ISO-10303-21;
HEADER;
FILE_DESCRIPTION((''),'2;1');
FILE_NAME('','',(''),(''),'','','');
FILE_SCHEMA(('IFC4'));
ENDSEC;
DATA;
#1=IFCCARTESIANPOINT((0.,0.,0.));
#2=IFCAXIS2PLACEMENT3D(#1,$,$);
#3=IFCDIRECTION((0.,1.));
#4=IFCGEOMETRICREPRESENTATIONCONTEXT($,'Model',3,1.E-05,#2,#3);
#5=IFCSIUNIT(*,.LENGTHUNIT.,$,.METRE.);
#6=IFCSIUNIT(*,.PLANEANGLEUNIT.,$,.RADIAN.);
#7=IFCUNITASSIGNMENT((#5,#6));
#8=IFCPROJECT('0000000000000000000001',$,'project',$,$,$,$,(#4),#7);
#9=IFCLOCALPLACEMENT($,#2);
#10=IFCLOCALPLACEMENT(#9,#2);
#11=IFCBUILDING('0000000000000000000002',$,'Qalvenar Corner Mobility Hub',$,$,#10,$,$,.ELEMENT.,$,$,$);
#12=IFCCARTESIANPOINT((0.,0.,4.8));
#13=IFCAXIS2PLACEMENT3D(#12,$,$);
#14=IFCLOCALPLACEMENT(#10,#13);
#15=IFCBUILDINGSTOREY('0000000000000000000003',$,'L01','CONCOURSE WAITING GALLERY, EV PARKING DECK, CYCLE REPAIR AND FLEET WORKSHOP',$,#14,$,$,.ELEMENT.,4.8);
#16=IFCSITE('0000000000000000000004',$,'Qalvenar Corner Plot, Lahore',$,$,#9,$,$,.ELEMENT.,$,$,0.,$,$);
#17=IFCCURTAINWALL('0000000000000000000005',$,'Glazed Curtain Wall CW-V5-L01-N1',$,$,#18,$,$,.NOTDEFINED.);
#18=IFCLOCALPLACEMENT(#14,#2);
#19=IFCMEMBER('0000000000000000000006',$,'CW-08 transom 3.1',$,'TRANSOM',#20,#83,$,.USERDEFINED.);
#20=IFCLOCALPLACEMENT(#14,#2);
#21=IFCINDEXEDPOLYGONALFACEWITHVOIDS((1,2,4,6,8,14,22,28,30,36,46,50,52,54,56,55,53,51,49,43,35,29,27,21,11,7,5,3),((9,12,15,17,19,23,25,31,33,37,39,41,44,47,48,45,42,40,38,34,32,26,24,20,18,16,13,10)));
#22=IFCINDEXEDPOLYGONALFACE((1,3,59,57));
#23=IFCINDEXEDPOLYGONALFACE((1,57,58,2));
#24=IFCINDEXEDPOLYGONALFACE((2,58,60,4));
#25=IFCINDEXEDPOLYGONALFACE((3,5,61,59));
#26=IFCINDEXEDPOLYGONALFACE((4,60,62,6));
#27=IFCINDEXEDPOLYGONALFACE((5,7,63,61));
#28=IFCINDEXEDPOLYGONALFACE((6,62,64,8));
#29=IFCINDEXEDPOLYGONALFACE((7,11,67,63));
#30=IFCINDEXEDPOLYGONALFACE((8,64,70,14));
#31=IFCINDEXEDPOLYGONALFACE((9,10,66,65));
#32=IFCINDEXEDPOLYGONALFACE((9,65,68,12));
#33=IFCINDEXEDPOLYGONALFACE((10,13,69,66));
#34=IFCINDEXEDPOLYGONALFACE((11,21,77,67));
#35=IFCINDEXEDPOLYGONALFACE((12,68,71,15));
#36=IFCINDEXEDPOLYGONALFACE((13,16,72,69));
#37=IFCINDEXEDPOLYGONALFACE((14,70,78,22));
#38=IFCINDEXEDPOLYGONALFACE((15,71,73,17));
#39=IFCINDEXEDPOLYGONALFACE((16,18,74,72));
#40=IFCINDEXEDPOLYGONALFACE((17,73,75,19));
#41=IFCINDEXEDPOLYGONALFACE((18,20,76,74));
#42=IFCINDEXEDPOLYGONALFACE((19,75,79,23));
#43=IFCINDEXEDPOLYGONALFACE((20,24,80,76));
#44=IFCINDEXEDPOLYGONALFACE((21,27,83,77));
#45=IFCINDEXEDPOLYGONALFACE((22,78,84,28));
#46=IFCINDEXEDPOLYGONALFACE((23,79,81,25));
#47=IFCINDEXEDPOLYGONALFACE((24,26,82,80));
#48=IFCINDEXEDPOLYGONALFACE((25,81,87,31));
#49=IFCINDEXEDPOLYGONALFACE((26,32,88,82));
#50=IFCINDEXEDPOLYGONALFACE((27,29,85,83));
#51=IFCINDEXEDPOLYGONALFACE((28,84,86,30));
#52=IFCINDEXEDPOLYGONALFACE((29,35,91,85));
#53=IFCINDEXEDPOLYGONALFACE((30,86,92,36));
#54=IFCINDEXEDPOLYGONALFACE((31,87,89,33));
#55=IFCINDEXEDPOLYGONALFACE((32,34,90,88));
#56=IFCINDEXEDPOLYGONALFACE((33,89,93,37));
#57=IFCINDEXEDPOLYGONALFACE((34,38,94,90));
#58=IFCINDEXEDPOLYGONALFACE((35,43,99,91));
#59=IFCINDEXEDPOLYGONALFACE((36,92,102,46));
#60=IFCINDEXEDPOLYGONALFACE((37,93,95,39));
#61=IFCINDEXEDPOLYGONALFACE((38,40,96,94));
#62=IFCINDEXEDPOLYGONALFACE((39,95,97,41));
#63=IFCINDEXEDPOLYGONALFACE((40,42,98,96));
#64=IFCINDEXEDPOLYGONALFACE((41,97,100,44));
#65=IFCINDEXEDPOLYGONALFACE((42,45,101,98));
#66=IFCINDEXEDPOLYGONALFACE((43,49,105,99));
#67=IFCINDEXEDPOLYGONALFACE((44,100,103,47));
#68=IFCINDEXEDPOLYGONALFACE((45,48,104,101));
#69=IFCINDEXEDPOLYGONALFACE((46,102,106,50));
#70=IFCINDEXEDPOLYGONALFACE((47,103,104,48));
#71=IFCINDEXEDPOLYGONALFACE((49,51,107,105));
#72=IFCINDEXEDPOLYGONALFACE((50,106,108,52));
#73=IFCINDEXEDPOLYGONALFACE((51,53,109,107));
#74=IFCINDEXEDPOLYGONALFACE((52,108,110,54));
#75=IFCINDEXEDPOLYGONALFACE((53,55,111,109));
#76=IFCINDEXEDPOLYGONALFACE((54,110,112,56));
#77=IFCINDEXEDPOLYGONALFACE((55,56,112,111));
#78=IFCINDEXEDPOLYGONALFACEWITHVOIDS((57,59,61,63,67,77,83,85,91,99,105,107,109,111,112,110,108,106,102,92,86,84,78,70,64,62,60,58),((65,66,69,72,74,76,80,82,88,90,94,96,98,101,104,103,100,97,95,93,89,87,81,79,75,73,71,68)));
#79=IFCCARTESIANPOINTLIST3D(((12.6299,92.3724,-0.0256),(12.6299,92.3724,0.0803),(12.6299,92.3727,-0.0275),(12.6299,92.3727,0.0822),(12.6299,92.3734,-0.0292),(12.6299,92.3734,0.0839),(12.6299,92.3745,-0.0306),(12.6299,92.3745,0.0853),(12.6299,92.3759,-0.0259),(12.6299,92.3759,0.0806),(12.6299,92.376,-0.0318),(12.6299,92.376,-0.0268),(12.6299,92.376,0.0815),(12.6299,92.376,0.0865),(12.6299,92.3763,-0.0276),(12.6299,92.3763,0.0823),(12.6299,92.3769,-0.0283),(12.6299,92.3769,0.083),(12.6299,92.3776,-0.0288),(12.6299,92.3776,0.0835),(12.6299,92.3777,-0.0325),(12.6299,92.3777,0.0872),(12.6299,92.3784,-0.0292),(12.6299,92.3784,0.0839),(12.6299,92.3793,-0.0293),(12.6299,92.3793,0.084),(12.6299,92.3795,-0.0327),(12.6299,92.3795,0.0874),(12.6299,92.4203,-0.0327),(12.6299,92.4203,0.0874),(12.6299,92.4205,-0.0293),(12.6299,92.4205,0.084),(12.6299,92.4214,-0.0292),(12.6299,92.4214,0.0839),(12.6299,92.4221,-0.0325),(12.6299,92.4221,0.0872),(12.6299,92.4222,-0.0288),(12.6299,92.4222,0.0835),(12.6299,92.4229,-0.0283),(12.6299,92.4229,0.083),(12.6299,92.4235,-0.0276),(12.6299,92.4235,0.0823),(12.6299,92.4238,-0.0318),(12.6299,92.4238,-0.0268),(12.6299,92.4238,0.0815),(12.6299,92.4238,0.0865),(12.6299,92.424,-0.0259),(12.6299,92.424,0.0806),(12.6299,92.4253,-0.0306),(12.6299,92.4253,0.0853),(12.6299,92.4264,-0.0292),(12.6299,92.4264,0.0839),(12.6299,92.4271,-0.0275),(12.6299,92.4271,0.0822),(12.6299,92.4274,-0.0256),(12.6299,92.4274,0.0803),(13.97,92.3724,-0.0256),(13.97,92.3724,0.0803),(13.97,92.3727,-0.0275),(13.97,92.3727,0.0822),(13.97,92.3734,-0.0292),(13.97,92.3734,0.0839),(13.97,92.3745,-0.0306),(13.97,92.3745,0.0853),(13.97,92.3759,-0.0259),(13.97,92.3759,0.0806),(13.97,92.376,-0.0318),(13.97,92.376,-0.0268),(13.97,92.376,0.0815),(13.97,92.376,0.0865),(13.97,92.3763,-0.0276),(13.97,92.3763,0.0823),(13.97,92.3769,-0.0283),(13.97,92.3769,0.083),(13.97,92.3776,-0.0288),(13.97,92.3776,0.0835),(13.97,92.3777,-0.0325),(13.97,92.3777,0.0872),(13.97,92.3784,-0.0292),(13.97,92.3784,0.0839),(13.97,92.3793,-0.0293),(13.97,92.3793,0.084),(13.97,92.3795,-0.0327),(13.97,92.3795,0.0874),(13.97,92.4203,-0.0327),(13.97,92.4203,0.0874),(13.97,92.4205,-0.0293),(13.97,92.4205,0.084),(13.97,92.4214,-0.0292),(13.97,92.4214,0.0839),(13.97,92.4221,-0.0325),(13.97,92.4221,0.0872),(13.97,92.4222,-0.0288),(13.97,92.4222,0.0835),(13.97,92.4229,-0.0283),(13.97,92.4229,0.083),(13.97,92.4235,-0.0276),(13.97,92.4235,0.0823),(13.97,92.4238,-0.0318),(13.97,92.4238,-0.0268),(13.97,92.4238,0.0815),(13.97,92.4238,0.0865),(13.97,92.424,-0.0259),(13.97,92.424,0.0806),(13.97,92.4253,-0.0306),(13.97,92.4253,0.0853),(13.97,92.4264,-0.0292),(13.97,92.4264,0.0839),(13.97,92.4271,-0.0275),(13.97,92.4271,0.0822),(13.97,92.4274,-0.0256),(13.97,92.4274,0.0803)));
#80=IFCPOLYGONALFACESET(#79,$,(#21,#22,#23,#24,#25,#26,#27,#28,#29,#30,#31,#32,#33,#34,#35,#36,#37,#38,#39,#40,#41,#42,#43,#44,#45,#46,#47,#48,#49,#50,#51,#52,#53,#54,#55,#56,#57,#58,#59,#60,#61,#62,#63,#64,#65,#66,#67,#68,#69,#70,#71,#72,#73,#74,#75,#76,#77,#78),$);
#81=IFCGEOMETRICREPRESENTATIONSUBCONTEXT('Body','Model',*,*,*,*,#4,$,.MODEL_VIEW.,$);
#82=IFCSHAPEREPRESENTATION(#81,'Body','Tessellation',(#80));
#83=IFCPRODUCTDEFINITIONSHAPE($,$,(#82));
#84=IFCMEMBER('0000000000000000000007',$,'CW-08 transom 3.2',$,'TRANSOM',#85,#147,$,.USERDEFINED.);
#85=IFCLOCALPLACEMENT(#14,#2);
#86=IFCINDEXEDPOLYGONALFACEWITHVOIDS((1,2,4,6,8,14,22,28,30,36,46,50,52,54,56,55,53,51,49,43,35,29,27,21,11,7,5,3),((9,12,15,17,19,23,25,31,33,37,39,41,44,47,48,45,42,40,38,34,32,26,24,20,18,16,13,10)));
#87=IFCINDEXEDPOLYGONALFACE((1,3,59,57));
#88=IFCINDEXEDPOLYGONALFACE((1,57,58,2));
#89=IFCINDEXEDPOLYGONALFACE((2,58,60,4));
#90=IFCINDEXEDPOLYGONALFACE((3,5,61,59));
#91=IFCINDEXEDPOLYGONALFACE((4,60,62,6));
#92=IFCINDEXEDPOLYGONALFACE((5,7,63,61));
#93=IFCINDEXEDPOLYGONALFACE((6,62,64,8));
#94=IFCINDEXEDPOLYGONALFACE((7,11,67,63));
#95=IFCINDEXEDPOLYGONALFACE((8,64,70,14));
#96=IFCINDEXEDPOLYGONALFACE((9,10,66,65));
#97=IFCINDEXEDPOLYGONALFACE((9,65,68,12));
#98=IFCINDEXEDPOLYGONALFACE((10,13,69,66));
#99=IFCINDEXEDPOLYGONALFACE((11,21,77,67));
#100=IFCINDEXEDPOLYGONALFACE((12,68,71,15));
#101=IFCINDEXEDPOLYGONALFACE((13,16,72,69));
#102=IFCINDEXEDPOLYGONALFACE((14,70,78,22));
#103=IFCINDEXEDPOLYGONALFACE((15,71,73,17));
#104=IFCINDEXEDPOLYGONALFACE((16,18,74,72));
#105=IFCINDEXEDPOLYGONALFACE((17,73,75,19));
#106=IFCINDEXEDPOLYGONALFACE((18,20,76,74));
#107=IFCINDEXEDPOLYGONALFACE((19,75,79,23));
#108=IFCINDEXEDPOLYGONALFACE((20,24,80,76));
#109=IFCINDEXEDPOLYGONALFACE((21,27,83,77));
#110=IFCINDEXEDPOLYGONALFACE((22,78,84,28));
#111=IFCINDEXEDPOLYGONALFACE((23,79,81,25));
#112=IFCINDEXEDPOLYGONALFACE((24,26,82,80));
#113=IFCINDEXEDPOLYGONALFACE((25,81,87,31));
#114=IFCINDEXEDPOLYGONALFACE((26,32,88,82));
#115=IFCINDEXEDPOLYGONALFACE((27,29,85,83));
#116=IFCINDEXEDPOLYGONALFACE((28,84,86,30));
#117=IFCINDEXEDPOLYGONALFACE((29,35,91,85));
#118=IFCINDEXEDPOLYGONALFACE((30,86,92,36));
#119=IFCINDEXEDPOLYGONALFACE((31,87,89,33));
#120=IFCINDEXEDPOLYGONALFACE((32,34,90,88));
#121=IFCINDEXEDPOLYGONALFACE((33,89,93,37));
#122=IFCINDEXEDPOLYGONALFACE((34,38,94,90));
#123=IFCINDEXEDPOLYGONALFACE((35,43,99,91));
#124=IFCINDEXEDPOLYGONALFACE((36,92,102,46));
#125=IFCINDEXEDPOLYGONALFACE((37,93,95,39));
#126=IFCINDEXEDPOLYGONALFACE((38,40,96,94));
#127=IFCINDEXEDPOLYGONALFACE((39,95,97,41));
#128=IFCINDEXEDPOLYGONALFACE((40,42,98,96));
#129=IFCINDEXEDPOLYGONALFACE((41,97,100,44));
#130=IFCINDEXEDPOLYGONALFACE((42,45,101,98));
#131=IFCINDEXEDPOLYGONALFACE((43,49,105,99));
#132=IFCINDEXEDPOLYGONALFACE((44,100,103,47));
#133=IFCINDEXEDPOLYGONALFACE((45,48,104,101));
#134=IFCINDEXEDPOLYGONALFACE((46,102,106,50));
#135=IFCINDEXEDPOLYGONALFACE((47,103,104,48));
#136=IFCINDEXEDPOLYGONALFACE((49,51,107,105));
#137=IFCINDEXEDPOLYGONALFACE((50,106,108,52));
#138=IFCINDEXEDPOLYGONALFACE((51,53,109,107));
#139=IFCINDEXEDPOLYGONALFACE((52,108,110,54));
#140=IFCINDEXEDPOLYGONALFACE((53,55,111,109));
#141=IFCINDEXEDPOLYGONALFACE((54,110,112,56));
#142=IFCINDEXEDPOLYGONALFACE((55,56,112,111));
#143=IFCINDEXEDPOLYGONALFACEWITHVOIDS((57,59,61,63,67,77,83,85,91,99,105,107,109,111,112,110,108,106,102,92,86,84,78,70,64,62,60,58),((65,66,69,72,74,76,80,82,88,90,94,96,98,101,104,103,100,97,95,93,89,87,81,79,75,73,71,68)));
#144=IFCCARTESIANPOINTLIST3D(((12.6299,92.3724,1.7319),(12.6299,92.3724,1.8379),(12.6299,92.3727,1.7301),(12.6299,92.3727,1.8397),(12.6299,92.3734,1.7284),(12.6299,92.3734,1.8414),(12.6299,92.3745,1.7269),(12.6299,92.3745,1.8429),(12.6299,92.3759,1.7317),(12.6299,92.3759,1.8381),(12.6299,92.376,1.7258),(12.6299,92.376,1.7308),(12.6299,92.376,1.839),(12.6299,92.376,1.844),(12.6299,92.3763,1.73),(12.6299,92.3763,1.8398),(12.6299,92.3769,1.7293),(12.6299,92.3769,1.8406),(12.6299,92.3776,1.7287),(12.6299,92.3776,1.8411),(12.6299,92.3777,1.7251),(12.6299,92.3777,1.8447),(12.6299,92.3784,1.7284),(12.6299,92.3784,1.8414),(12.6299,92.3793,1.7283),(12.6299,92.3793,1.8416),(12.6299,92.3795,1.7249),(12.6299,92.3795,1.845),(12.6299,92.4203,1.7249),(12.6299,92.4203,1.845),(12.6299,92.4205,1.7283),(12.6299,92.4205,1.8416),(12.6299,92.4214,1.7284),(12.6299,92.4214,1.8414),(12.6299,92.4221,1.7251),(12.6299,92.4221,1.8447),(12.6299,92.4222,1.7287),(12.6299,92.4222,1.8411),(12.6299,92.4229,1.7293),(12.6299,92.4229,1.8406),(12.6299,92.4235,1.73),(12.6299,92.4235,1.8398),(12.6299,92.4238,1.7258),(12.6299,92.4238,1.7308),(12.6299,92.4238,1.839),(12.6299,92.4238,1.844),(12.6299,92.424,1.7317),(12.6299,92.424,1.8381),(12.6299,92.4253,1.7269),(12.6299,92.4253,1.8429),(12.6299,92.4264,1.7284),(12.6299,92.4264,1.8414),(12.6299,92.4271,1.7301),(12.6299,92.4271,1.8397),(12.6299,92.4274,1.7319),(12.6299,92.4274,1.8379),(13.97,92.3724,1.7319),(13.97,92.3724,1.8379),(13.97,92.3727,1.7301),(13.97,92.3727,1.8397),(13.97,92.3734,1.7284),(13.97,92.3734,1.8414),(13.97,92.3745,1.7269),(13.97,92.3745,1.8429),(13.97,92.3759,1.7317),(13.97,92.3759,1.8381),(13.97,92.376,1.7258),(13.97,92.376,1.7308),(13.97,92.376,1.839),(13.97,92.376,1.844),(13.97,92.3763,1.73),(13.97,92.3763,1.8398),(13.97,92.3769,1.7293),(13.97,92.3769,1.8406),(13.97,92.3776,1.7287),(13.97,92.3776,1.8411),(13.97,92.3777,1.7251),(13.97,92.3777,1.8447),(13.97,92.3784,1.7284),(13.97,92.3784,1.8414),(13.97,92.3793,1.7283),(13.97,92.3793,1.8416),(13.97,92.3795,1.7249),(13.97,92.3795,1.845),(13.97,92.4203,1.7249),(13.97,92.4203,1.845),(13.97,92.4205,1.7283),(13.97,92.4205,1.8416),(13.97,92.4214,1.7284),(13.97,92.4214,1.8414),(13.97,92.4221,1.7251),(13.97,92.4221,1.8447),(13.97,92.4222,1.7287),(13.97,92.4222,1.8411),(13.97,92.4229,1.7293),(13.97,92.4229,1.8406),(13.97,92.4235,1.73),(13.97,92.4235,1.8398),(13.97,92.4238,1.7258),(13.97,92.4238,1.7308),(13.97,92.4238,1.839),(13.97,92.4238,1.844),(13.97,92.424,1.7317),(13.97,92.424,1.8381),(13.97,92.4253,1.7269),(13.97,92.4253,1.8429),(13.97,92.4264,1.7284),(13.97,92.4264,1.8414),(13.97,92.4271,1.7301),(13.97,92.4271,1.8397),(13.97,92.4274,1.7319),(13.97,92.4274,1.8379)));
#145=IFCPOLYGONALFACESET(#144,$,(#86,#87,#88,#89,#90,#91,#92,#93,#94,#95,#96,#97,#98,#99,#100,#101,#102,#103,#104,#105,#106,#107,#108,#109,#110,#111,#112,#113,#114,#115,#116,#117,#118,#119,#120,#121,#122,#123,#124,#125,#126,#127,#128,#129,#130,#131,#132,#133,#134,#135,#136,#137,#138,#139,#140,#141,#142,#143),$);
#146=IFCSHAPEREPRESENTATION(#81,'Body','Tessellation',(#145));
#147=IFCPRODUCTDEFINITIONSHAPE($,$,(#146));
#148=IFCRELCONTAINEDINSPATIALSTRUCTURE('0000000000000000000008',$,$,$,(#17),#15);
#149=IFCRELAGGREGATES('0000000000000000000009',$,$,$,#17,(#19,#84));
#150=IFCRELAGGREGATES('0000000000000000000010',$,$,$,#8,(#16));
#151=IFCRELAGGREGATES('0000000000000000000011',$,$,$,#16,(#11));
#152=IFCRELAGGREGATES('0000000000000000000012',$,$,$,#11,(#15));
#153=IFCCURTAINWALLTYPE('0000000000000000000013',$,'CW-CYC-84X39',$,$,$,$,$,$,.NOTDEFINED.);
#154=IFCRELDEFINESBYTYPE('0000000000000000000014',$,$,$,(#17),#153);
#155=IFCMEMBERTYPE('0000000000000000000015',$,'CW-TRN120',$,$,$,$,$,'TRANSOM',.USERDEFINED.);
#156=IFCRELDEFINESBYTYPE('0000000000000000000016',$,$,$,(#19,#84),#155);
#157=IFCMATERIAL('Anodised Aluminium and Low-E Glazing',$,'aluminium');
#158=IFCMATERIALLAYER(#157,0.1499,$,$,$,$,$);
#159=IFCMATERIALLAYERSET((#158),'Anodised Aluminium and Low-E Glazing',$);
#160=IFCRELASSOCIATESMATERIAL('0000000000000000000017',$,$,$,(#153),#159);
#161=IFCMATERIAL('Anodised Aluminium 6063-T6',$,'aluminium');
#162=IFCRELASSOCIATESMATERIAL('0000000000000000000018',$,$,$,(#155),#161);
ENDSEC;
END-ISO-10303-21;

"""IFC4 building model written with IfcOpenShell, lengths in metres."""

from ifc_helpers import new_model, si_unit, direction, frame, origin, origin_2d, place, context, subcontext, project, spatial, hollow_rectangle, extrude, material, layer, layer_set, material_profile, profile_set, type_object, element, aggregate, save


model = new_model("IFC4")

# Units and contexts
model_context = context("Model", 3, precision=1e-05, world=origin(), true_north=direction((0.0, 1.0)))
body_context = subcontext(model_context, "Body", "Model", "MODEL_VIEW")
ifc_project = project(units=[si_unit("LENGTHUNIT", "METRE"), si_unit("PLANEANGLEUNIT", "RADIAN")], contexts=[model_context])

# Site, building, storey
site_placement = place(None, origin())
site = spatial("IfcSite", under=ifc_project, at=site_placement, Name="Qalvenar Corner Plot, Lahore", CompositionType="ELEMENT", RefElevation=0.0)
building_placement = place(site_placement, origin())
building = spatial("IfcBuilding", under=site, at=building_placement, Name="Qalvenar Corner Mobility Hub", CompositionType="ELEMENT")
storey_placement = place(building_placement, frame((0.0, 0.0, 4.8)))
storey = spatial("IfcBuildingStorey", under=building, at=storey_placement, Name="L01", Description="CONCOURSE WAITING GALLERY, EV PARKING DECK, CYCLE REPAIR AND FLEET WORKSHOP", CompositionType="ELEMENT", Elevation=4.8)

# Curtain wall
ifc_material_1 = material(Name="Anodised Aluminium and Low-E Glazing", Category="aluminium")
ifc_layer_1 = layer(ifc_material_1, 0.1499)
ifc_layer_set_1 = layer_set([ifc_layer_1], Name="Anodised Aluminium and Low-E Glazing")
curtain_wall_type = type_object("IfcCurtainWallType", Name="CW-CYC-84X39", PredefinedType="NOTDEFINED", material=ifc_layer_set_1)
curtain_wall_1_placement = place(storey_placement, origin())
curtain_wall_1 = element("IfcCurtainWall", 1, at=curtain_wall_1_placement, inside=storey, type_object=curtain_wall_type, Name="Glazed Curtain Wall CW-V5-L01-N1", PredefinedType="NOTDEFINED")
ifc_material_2 = material(Name="Anodised Aluminium 6063-T6", Category="aluminium")

# Members
ifc_material_profile_1 = material_profile(ifc_material_2, hollow_rectangle(XDim=0.0549, YDim=0.1201, WallThickness=0.0034, InnerFilletRadius=0.0034, OuterFilletRadius=0.0071, at=origin_2d()), Name="RHS120x55x3.5")
ifc_profile_set_1 = profile_set([ifc_material_profile_1], Name="Anodised Aluminium 6063-T6")
member_type_1 = type_object("IfcMemberType", Name="CW-TRN120", ElementType="TRANSOM", PredefinedType="USERDEFINED", material=ifc_profile_set_1)
member_1_placement = place(storey_placement, frame((13.97, 92.3999, 0.0273), z_axis=(-1.0, 0.0, 0.0), x_axis=(0.0, -1.0, 0.0)))
member_1 = element("IfcMember", 2, at=member_1_placement, type_object=member_type_1, Name="CW-08 transom 3.1", ObjectType="TRANSOM", PredefinedType="USERDEFINED", context=body_context, shape_type="SweptSolid", body=[
    extrude(hollow_rectangle(XDim=0.0549, YDim=0.1201, WallThickness=0.0034, InnerFilletRadius=0.0034, OuterFilletRadius=0.0071, at=origin_2d()), origin(), (0.0, 0.0, 1.0), 1.3401),
])
member_2_placement = place(storey_placement, frame((13.97, 92.3999, 1.7849), z_axis=(-1.0, 0.0, 0.0), x_axis=(0.0, -1.0, 0.0)))
member_2 = element("IfcMember", 3, at=member_2_placement, type_object=member_type_1, Name="CW-08 transom 3.2", ObjectType="TRANSOM", PredefinedType="USERDEFINED", context=body_context, shape_type="SweptSolid", body=[
    extrude(hollow_rectangle(XDim=0.0549, YDim=0.1201, WallThickness=0.0034, InnerFilletRadius=0.0034, OuterFilletRadius=0.0071, at=origin_2d()), origin(), (0.0, 0.0, 1.0), 1.3401),
])

aggregate(curtain_wall_1, [member_1, member_2])

save(model, "model.ifc")
